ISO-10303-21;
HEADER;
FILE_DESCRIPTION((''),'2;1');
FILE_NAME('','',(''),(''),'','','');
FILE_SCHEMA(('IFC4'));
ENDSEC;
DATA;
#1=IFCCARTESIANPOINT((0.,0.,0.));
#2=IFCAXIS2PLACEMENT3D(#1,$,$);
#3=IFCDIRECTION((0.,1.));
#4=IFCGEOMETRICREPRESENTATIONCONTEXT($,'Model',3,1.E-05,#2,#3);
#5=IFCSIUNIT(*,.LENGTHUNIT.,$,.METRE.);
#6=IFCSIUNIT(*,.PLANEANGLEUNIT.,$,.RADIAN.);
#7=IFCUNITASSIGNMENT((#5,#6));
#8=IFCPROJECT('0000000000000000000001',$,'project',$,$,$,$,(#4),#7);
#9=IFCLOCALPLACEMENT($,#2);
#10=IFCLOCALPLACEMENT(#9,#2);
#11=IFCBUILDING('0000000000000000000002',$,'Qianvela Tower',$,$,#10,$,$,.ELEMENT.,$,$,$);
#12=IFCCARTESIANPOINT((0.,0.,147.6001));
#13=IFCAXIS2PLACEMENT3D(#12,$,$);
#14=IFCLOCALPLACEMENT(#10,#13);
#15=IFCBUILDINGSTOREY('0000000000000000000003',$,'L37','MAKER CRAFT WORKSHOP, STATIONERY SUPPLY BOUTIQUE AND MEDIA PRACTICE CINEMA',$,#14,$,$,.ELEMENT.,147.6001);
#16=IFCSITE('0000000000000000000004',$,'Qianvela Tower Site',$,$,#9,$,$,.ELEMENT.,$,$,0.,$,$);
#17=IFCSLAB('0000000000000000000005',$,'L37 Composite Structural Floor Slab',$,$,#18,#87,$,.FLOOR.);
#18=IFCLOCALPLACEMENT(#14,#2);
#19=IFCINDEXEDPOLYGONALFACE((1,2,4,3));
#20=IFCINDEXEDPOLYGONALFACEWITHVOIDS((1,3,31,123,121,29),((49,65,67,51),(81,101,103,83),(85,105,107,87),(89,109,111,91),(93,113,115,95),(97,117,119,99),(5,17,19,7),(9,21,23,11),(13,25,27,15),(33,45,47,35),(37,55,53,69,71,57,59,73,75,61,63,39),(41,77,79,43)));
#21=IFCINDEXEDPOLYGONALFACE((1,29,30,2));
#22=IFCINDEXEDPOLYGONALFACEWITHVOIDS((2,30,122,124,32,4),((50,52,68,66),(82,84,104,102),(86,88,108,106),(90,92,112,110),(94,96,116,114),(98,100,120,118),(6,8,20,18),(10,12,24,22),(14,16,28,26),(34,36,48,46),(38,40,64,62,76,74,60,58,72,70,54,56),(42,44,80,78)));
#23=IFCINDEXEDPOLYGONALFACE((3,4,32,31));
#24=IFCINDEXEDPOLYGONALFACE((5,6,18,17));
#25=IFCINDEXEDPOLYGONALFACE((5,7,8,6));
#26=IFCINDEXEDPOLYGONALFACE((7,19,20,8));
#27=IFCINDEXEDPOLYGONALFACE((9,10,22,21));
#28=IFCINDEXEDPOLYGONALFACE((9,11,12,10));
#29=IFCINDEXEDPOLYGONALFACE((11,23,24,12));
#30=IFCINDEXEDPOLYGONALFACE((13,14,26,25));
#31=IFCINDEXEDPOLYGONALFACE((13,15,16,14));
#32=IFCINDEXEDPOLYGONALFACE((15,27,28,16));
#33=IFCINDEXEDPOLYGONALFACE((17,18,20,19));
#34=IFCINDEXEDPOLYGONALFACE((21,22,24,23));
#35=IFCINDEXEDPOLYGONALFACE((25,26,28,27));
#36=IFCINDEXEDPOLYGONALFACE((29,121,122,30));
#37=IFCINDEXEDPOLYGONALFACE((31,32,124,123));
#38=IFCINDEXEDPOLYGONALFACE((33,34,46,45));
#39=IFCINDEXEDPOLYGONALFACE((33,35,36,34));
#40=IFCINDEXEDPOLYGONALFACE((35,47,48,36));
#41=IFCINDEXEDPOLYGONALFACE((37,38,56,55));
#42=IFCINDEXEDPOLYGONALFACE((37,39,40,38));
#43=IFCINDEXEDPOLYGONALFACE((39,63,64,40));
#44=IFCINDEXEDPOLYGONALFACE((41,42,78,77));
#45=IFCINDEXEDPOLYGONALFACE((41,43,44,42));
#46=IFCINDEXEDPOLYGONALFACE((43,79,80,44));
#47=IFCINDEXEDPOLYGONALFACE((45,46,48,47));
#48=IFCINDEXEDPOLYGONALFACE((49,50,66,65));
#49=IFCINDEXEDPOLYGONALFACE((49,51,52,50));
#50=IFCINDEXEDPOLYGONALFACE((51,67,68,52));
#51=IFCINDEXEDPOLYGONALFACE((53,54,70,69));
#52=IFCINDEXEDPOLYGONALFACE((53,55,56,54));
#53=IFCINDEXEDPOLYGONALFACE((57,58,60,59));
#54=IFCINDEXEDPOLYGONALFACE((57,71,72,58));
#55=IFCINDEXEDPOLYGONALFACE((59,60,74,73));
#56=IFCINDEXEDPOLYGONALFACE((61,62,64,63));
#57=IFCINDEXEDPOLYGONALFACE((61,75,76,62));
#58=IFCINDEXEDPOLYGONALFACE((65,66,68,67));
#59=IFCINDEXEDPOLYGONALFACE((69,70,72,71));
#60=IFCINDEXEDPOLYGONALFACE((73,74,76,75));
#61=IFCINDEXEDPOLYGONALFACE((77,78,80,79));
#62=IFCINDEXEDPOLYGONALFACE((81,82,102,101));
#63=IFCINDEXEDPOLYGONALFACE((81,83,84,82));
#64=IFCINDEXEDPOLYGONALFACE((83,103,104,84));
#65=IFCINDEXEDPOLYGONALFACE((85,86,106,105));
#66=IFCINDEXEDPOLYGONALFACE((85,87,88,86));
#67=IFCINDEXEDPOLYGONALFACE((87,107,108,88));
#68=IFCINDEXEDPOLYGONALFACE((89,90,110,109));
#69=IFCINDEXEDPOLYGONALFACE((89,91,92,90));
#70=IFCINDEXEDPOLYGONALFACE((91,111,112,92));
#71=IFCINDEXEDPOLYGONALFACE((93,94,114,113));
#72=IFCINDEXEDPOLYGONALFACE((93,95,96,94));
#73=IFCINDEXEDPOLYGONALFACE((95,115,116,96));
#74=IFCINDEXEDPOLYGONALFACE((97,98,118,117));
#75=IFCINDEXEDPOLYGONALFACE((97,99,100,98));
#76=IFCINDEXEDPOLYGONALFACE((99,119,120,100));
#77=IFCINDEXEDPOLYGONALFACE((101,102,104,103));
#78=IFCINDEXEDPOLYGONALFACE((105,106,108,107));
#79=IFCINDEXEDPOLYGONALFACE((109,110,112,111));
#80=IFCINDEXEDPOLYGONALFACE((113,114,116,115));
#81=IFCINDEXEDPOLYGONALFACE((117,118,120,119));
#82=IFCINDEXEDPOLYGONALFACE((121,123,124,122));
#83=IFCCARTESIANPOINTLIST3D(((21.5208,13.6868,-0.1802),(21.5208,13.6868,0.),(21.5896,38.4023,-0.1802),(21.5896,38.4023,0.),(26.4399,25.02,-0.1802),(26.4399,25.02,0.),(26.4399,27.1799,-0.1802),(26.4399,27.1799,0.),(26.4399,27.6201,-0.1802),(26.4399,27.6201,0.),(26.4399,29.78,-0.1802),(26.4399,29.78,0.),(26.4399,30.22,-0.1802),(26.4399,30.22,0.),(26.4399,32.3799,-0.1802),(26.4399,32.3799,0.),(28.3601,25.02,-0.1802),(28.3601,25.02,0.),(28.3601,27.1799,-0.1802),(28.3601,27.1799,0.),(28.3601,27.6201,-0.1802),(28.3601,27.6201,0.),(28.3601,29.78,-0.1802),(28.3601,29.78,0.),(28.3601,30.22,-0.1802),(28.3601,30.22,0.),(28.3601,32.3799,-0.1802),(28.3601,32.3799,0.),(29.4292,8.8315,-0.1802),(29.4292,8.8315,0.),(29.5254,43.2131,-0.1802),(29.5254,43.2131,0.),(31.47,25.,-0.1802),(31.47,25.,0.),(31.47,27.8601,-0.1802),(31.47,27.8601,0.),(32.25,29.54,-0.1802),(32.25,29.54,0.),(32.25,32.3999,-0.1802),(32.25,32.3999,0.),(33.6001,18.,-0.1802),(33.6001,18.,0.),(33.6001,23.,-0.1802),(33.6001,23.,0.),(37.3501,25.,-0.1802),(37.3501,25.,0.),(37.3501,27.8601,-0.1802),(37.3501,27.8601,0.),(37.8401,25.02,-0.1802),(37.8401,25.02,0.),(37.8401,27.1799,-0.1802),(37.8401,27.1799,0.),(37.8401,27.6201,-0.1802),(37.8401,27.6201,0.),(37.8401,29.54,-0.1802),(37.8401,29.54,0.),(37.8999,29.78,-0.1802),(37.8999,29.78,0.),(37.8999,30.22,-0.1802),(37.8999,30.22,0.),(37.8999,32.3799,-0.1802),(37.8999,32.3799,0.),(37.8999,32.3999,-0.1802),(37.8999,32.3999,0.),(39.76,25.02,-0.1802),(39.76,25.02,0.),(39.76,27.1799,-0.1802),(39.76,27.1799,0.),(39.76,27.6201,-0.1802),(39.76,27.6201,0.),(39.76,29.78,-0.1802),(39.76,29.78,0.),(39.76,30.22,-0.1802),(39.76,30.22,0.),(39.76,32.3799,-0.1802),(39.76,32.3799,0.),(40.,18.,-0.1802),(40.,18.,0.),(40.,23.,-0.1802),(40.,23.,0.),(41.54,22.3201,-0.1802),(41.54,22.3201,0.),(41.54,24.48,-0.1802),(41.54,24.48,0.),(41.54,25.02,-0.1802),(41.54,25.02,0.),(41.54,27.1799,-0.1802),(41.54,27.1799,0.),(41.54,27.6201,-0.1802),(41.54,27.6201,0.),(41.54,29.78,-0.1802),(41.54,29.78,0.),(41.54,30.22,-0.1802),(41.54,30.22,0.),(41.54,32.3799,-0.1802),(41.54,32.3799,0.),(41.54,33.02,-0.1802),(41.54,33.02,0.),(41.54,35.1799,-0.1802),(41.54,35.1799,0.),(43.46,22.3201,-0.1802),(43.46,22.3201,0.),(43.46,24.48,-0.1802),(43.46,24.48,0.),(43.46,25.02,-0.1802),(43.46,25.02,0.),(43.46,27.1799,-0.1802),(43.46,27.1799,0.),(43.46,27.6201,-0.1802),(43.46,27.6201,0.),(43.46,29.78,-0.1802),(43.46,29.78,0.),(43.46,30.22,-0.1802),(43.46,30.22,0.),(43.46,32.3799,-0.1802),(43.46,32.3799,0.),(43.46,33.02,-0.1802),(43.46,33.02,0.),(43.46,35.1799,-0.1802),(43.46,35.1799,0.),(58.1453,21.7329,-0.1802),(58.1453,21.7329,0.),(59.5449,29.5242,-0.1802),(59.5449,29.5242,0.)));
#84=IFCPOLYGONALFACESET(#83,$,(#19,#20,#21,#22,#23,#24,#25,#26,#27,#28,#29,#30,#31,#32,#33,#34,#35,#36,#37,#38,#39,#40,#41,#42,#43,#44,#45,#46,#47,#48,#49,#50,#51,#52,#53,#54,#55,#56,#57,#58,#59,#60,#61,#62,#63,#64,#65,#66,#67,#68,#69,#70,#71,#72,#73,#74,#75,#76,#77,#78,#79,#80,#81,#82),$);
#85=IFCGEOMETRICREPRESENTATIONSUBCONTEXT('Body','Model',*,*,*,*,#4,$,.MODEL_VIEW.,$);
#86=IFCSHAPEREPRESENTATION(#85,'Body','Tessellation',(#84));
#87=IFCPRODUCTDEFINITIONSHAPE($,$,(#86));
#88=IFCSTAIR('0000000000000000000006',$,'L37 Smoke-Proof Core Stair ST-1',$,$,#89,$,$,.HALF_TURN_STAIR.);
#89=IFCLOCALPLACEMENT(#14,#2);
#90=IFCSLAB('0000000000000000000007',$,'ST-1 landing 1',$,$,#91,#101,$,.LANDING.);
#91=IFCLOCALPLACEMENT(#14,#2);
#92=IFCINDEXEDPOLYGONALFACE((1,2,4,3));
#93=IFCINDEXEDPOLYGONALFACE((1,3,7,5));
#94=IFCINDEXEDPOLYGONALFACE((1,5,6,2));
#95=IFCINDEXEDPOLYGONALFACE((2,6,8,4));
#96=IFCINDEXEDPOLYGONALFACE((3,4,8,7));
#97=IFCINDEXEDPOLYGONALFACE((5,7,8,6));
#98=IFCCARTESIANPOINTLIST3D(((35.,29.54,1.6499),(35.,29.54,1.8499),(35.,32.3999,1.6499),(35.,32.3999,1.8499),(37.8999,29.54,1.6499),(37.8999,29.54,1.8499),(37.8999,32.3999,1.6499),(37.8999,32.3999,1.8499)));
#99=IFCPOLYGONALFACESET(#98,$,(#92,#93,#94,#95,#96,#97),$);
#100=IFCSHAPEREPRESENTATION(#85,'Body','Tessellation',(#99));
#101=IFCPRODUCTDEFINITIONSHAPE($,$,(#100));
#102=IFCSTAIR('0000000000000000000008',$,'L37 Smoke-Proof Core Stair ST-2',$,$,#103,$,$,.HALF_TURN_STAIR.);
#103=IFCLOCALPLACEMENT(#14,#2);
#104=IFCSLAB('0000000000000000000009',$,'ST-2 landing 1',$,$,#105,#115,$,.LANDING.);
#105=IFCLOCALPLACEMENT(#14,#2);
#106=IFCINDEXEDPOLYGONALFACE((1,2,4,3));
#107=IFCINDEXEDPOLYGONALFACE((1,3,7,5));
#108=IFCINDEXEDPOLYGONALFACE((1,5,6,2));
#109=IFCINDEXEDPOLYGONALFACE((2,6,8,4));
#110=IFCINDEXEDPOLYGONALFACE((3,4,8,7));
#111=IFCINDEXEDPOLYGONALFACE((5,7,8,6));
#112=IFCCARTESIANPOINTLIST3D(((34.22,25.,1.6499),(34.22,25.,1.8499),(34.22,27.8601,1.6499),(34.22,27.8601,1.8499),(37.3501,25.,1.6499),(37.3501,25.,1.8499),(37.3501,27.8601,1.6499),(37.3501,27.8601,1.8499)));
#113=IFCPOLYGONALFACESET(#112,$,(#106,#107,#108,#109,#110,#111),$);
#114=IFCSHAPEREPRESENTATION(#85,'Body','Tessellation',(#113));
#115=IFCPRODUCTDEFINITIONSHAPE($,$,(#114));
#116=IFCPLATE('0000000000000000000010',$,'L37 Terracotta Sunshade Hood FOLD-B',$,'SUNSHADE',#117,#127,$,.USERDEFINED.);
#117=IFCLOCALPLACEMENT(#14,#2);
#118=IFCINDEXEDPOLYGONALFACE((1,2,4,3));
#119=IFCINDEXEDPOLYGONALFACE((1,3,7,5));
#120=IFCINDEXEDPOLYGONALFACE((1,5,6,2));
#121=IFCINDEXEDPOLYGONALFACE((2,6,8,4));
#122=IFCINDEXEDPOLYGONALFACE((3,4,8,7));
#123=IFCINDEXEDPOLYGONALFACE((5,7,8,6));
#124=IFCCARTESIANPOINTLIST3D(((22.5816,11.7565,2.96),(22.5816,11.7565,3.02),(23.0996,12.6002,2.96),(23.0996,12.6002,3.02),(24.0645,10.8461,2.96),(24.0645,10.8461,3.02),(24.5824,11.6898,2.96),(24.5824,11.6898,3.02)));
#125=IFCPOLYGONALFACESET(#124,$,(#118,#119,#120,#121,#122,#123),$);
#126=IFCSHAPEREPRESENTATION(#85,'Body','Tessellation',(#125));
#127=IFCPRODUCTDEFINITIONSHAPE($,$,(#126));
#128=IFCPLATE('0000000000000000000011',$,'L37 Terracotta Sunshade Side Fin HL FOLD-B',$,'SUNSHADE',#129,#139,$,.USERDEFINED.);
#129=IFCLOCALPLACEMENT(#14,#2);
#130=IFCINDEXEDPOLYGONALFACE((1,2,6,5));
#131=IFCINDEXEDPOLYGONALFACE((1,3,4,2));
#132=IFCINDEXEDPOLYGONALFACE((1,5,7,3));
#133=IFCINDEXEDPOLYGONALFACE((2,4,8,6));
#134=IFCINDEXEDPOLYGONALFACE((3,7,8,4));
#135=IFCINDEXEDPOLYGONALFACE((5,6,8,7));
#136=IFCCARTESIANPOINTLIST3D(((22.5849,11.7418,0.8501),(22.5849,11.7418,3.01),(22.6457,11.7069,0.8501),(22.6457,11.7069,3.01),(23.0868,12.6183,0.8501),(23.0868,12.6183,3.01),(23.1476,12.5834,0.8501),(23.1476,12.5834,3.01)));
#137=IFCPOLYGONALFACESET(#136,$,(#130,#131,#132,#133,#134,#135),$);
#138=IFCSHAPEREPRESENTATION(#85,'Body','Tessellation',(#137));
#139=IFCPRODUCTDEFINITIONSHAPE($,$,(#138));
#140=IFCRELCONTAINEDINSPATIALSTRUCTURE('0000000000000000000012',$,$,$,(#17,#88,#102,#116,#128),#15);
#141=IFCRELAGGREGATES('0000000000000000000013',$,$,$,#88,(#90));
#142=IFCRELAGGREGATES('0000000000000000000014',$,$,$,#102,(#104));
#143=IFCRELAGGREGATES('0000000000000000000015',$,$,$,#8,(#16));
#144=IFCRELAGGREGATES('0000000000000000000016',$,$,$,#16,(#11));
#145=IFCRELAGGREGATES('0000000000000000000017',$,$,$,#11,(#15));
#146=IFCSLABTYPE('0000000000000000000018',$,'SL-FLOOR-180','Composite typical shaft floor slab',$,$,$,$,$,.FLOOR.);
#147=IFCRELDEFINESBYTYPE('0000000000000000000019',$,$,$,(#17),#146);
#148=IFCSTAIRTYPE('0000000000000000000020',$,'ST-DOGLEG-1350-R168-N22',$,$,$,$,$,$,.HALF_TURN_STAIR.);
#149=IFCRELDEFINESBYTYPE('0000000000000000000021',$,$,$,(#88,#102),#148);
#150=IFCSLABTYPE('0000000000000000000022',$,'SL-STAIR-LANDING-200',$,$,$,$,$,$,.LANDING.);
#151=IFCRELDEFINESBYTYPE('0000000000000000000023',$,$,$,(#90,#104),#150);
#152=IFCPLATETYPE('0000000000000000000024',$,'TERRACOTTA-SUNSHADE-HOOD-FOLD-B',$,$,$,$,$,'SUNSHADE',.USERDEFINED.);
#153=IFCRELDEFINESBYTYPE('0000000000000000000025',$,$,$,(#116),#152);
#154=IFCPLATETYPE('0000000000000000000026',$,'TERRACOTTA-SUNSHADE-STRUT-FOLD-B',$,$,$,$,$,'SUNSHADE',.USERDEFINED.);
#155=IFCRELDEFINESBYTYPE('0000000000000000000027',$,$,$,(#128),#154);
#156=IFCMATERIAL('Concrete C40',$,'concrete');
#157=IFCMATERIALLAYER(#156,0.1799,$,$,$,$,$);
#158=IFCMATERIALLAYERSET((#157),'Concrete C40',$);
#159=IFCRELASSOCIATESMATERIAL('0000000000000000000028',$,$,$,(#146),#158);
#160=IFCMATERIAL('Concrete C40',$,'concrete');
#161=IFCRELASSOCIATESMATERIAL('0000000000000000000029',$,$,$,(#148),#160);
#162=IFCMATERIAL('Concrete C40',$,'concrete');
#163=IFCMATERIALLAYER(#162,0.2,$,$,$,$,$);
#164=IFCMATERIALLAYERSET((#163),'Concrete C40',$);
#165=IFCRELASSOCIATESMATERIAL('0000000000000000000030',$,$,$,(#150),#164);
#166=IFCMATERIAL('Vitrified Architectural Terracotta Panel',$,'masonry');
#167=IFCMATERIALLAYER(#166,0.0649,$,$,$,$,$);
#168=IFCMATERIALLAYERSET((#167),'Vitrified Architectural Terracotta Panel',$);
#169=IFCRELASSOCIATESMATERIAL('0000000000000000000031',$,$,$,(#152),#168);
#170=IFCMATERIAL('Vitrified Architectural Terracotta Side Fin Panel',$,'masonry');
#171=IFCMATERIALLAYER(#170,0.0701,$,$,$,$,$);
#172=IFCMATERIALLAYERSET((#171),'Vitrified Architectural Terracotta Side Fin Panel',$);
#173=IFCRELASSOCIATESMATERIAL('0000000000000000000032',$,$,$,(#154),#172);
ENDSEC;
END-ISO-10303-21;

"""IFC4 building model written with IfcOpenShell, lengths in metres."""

from ifc_helpers import new_model, si_unit, direction, frame, origin, origin_2d, place, context, subcontext, project, spatial, polyline, rectangle, outline, extrude, material, layer, layer_set, type_object, element, aggregate, save


model = new_model("IFC4")

# Units and contexts
model_context = context("Model", 3, precision=1e-05, world=origin(), true_north=direction((0.0, 1.0)))
body_context = subcontext(model_context, "Body", "Model", "MODEL_VIEW")
ifc_project = project(units=[si_unit("LENGTHUNIT", "METRE"), si_unit("PLANEANGLEUNIT", "RADIAN")], contexts=[model_context])

# Site, building, storey
site_placement = place(None, origin())
site = spatial("IfcSite", under=ifc_project, at=site_placement, Name="Qianvela Tower Site", CompositionType="ELEMENT", RefElevation=0.0)
building_placement = place(site_placement, origin())
building = spatial("IfcBuilding", under=site, at=building_placement, Name="Qianvela Tower", CompositionType="ELEMENT")
storey_placement = place(building_placement, frame((0.0, 0.0, 147.6001)))
storey = spatial("IfcBuildingStorey", under=building, at=storey_placement, Name="L37", Description="MAKER CRAFT WORKSHOP, STATIONERY SUPPLY BOUTIQUE AND MEDIA PRACTICE CINEMA", CompositionType="ELEMENT", Elevation=147.6001)

# Slab
ifc_material_1 = material(Name="Concrete C40", Category="concrete")
ifc_layer_1 = layer(ifc_material_1, 0.1799)
ifc_layer_set_1 = layer_set([ifc_layer_1], Name="Concrete C40")
slab_type_1 = type_object("IfcSlabType", Name="SL-FLOOR-180", Description="Composite typical shaft floor slab", PredefinedType="FLOOR", material=ifc_layer_set_1)
slab_1_placement = place(storey_placement, frame((0.0, 0.0, -0.1802)))
element("IfcSlab", 1, at=slab_1_placement, inside=storey, type_object=slab_type_1, Name="L37 Composite Structural Floor Slab", PredefinedType="FLOOR", context=body_context, shape_type="SweptSolid", body=[
    extrude(outline(polyline([(58.1453, 21.7329), (59.5449, 29.5242), (29.5254, 43.2131), (21.5896, 38.4023), (21.5208, 13.6868), (29.4292, 8.8315), (58.1453, 21.7329)]), holes=[polyline([(40.0, 23.0), (33.6001, 23.0), (33.6001, 18.0), (40.0, 18.0), (40.0, 23.0)]), polyline([(28.3601, 25.02), (28.3601, 27.1799), (26.4399, 27.1799), (26.4399, 25.02), (28.3601, 25.02)]), polyline([(37.3501, 25.0), (37.3501, 27.8601), (31.47, 27.8601), (31.47, 25.0), (37.3501, 25.0)]), polyline([(28.3601, 27.6201), (28.3601, 29.78), (26.4399, 29.78), (26.4399, 27.6201), (28.3601, 27.6201)]), polyline([(37.8999, 32.3799), (37.8999, 32.3999), (32.25, 32.3999), (32.25, 29.54), (37.8401, 29.54), (37.8401, 27.6201), (39.76, 27.6201), (39.76, 29.78), (37.8999, 29.78), (37.8999, 30.22), (39.76, 30.22), (39.76, 32.3799), (37.8999, 32.3799)]), polyline([(28.3601, 30.22), (28.3601, 32.3799), (26.4399, 32.3799), (26.4399, 30.22), (28.3601, 30.22)]), polyline([(43.46, 24.48), (41.54, 24.48), (41.54, 22.3201), (43.46, 22.3201), (43.46, 24.48)]), polyline([(39.76, 25.02), (39.76, 27.1799), (37.8401, 27.1799), (37.8401, 25.02), (39.76, 25.02)]), polyline([(43.46, 25.02), (43.46, 27.1799), (41.54, 27.1799), (41.54, 25.02), (43.46, 25.02)]), polyline([(43.46, 27.6201), (43.46, 29.78), (41.54, 29.78), (41.54, 27.6201), (43.46, 27.6201)]), polyline([(43.46, 30.22), (43.46, 32.3799), (41.54, 32.3799), (41.54, 30.22), (43.46, 30.22)]), polyline([(43.46, 33.02), (43.46, 35.1799), (41.54, 35.1799), (41.54, 33.02), (43.46, 33.02)])]), origin(), (0.0, 0.0, 1.0), 0.1802),
])

# Stairs, slabs
ifc_material_2 = material(Name="Concrete C40", Category="concrete")
stair_type = type_object("IfcStairType", Name="ST-DOGLEG-1350-R168-N22", PredefinedType="HALF_TURN_STAIR", material=ifc_material_2)
stair_1_placement = place(storey_placement, origin())
stair_1 = element("IfcStair", 2, at=stair_1_placement, inside=storey, type_object=stair_type, Name="L37 Smoke-Proof Core Stair ST-1", PredefinedType="HALF_TURN_STAIR")
ifc_material_3 = material(Name="Concrete C40", Category="concrete")
ifc_layer_2 = layer(ifc_material_3, 0.2)
ifc_layer_set_2 = layer_set([ifc_layer_2], Name="Concrete C40")
slab_type_2 = type_object("IfcSlabType", Name="SL-STAIR-LANDING-200", PredefinedType="LANDING", material=ifc_layer_set_2)
slab_2_placement = place(storey_placement, frame((0.0, 0.0, 1.6499)))
slab_2 = element("IfcSlab", 3, at=slab_2_placement, type_object=slab_type_2, Name="ST-1 landing 1", PredefinedType="LANDING", context=body_context, shape_type="SweptSolid", body=[
    extrude(outline(polyline([(35.0, 29.54), (37.8999, 29.54), (37.8999, 32.3999), (35.0, 32.3999), (35.0, 29.54)])), origin(), (0.0, 0.0, 1.0), 0.2),
])
aggregate(stair_1, [slab_2])
stair_2_placement = place(storey_placement, origin())
stair_2 = element("IfcStair", 4, at=stair_2_placement, inside=storey, type_object=stair_type, Name="L37 Smoke-Proof Core Stair ST-2", PredefinedType="HALF_TURN_STAIR")
slab_3_placement = place(storey_placement, frame((0.0, 0.0, 1.6499)))
slab_3 = element("IfcSlab", 5, at=slab_3_placement, type_object=slab_type_2, Name="ST-2 landing 1", PredefinedType="LANDING", context=body_context, shape_type="SweptSolid", body=[
    extrude(outline(polyline([(34.22, 25.0), (37.3501, 25.0), (37.3501, 27.8601), (34.22, 27.8601), (34.22, 25.0)])), origin(), (0.0, 0.0, 1.0), 0.2),
])
aggregate(stair_2, [slab_3])

# Plates
ifc_material_4 = material(Name="Vitrified Architectural Terracotta Panel", Category="masonry")
ifc_layer_3 = layer(ifc_material_4, 0.0649)
ifc_layer_set_3 = layer_set([ifc_layer_3], Name="Vitrified Architectural Terracotta Panel")
plate_type_1 = type_object("IfcPlateType", Name="TERRACOTTA-SUNSHADE-HOOD-FOLD-B", ElementType="SUNSHADE", PredefinedType="USERDEFINED", material=ifc_layer_set_3)
plate_1_placement = place(storey_placement, frame((23.582, 11.7231, 2.96), z_axis=(0.0, 0.0, 1.0), x_axis=(0.852222, -0.52318, 0.0)))
element("IfcPlate", 6, at=plate_1_placement, inside=storey, type_object=plate_type_1, Name="L37 Terracotta Sunshade Hood FOLD-B", ObjectType="SUNSHADE", PredefinedType="USERDEFINED", context=body_context, shape_type="SweptSolid", body=[
    extrude(rectangle(XDim=1.74, YDim=0.99, at=origin_2d()), origin(), (0.0, 0.0, 1.0), 0.0601),
])
ifc_material_5 = material(Name="Vitrified Architectural Terracotta Side Fin Panel", Category="masonry")
ifc_layer_4 = layer(ifc_material_5, 0.0701)
ifc_layer_set_4 = layer_set([ifc_layer_4], Name="Vitrified Architectural Terracotta Side Fin Panel")
plate_type_2 = type_object("IfcPlateType", Name="TERRACOTTA-SUNSHADE-STRUT-FOLD-B", ElementType="SUNSHADE", PredefinedType="USERDEFINED", material=ifc_layer_set_4)
plate_2_placement = place(storey_placement, frame((22.8662, 12.1626, 0.8501), z_axis=(0.0, 0.0, 1.0), x_axis=(0.867802, -0.49691, 0.0)))
element("IfcPlate", 7, at=plate_2_placement, inside=storey, type_object=plate_type_2, Name="L37 Terracotta Sunshade Side Fin HL FOLD-B", ObjectType="SUNSHADE", PredefinedType="USERDEFINED", context=body_context, shape_type="SweptSolid", body=[
    extrude(rectangle(XDim=0.0701, YDim=1.01, at=origin_2d()), origin(), (0.0, 0.0, 1.0), 2.1599),
])

save(model, "model.ifc")
